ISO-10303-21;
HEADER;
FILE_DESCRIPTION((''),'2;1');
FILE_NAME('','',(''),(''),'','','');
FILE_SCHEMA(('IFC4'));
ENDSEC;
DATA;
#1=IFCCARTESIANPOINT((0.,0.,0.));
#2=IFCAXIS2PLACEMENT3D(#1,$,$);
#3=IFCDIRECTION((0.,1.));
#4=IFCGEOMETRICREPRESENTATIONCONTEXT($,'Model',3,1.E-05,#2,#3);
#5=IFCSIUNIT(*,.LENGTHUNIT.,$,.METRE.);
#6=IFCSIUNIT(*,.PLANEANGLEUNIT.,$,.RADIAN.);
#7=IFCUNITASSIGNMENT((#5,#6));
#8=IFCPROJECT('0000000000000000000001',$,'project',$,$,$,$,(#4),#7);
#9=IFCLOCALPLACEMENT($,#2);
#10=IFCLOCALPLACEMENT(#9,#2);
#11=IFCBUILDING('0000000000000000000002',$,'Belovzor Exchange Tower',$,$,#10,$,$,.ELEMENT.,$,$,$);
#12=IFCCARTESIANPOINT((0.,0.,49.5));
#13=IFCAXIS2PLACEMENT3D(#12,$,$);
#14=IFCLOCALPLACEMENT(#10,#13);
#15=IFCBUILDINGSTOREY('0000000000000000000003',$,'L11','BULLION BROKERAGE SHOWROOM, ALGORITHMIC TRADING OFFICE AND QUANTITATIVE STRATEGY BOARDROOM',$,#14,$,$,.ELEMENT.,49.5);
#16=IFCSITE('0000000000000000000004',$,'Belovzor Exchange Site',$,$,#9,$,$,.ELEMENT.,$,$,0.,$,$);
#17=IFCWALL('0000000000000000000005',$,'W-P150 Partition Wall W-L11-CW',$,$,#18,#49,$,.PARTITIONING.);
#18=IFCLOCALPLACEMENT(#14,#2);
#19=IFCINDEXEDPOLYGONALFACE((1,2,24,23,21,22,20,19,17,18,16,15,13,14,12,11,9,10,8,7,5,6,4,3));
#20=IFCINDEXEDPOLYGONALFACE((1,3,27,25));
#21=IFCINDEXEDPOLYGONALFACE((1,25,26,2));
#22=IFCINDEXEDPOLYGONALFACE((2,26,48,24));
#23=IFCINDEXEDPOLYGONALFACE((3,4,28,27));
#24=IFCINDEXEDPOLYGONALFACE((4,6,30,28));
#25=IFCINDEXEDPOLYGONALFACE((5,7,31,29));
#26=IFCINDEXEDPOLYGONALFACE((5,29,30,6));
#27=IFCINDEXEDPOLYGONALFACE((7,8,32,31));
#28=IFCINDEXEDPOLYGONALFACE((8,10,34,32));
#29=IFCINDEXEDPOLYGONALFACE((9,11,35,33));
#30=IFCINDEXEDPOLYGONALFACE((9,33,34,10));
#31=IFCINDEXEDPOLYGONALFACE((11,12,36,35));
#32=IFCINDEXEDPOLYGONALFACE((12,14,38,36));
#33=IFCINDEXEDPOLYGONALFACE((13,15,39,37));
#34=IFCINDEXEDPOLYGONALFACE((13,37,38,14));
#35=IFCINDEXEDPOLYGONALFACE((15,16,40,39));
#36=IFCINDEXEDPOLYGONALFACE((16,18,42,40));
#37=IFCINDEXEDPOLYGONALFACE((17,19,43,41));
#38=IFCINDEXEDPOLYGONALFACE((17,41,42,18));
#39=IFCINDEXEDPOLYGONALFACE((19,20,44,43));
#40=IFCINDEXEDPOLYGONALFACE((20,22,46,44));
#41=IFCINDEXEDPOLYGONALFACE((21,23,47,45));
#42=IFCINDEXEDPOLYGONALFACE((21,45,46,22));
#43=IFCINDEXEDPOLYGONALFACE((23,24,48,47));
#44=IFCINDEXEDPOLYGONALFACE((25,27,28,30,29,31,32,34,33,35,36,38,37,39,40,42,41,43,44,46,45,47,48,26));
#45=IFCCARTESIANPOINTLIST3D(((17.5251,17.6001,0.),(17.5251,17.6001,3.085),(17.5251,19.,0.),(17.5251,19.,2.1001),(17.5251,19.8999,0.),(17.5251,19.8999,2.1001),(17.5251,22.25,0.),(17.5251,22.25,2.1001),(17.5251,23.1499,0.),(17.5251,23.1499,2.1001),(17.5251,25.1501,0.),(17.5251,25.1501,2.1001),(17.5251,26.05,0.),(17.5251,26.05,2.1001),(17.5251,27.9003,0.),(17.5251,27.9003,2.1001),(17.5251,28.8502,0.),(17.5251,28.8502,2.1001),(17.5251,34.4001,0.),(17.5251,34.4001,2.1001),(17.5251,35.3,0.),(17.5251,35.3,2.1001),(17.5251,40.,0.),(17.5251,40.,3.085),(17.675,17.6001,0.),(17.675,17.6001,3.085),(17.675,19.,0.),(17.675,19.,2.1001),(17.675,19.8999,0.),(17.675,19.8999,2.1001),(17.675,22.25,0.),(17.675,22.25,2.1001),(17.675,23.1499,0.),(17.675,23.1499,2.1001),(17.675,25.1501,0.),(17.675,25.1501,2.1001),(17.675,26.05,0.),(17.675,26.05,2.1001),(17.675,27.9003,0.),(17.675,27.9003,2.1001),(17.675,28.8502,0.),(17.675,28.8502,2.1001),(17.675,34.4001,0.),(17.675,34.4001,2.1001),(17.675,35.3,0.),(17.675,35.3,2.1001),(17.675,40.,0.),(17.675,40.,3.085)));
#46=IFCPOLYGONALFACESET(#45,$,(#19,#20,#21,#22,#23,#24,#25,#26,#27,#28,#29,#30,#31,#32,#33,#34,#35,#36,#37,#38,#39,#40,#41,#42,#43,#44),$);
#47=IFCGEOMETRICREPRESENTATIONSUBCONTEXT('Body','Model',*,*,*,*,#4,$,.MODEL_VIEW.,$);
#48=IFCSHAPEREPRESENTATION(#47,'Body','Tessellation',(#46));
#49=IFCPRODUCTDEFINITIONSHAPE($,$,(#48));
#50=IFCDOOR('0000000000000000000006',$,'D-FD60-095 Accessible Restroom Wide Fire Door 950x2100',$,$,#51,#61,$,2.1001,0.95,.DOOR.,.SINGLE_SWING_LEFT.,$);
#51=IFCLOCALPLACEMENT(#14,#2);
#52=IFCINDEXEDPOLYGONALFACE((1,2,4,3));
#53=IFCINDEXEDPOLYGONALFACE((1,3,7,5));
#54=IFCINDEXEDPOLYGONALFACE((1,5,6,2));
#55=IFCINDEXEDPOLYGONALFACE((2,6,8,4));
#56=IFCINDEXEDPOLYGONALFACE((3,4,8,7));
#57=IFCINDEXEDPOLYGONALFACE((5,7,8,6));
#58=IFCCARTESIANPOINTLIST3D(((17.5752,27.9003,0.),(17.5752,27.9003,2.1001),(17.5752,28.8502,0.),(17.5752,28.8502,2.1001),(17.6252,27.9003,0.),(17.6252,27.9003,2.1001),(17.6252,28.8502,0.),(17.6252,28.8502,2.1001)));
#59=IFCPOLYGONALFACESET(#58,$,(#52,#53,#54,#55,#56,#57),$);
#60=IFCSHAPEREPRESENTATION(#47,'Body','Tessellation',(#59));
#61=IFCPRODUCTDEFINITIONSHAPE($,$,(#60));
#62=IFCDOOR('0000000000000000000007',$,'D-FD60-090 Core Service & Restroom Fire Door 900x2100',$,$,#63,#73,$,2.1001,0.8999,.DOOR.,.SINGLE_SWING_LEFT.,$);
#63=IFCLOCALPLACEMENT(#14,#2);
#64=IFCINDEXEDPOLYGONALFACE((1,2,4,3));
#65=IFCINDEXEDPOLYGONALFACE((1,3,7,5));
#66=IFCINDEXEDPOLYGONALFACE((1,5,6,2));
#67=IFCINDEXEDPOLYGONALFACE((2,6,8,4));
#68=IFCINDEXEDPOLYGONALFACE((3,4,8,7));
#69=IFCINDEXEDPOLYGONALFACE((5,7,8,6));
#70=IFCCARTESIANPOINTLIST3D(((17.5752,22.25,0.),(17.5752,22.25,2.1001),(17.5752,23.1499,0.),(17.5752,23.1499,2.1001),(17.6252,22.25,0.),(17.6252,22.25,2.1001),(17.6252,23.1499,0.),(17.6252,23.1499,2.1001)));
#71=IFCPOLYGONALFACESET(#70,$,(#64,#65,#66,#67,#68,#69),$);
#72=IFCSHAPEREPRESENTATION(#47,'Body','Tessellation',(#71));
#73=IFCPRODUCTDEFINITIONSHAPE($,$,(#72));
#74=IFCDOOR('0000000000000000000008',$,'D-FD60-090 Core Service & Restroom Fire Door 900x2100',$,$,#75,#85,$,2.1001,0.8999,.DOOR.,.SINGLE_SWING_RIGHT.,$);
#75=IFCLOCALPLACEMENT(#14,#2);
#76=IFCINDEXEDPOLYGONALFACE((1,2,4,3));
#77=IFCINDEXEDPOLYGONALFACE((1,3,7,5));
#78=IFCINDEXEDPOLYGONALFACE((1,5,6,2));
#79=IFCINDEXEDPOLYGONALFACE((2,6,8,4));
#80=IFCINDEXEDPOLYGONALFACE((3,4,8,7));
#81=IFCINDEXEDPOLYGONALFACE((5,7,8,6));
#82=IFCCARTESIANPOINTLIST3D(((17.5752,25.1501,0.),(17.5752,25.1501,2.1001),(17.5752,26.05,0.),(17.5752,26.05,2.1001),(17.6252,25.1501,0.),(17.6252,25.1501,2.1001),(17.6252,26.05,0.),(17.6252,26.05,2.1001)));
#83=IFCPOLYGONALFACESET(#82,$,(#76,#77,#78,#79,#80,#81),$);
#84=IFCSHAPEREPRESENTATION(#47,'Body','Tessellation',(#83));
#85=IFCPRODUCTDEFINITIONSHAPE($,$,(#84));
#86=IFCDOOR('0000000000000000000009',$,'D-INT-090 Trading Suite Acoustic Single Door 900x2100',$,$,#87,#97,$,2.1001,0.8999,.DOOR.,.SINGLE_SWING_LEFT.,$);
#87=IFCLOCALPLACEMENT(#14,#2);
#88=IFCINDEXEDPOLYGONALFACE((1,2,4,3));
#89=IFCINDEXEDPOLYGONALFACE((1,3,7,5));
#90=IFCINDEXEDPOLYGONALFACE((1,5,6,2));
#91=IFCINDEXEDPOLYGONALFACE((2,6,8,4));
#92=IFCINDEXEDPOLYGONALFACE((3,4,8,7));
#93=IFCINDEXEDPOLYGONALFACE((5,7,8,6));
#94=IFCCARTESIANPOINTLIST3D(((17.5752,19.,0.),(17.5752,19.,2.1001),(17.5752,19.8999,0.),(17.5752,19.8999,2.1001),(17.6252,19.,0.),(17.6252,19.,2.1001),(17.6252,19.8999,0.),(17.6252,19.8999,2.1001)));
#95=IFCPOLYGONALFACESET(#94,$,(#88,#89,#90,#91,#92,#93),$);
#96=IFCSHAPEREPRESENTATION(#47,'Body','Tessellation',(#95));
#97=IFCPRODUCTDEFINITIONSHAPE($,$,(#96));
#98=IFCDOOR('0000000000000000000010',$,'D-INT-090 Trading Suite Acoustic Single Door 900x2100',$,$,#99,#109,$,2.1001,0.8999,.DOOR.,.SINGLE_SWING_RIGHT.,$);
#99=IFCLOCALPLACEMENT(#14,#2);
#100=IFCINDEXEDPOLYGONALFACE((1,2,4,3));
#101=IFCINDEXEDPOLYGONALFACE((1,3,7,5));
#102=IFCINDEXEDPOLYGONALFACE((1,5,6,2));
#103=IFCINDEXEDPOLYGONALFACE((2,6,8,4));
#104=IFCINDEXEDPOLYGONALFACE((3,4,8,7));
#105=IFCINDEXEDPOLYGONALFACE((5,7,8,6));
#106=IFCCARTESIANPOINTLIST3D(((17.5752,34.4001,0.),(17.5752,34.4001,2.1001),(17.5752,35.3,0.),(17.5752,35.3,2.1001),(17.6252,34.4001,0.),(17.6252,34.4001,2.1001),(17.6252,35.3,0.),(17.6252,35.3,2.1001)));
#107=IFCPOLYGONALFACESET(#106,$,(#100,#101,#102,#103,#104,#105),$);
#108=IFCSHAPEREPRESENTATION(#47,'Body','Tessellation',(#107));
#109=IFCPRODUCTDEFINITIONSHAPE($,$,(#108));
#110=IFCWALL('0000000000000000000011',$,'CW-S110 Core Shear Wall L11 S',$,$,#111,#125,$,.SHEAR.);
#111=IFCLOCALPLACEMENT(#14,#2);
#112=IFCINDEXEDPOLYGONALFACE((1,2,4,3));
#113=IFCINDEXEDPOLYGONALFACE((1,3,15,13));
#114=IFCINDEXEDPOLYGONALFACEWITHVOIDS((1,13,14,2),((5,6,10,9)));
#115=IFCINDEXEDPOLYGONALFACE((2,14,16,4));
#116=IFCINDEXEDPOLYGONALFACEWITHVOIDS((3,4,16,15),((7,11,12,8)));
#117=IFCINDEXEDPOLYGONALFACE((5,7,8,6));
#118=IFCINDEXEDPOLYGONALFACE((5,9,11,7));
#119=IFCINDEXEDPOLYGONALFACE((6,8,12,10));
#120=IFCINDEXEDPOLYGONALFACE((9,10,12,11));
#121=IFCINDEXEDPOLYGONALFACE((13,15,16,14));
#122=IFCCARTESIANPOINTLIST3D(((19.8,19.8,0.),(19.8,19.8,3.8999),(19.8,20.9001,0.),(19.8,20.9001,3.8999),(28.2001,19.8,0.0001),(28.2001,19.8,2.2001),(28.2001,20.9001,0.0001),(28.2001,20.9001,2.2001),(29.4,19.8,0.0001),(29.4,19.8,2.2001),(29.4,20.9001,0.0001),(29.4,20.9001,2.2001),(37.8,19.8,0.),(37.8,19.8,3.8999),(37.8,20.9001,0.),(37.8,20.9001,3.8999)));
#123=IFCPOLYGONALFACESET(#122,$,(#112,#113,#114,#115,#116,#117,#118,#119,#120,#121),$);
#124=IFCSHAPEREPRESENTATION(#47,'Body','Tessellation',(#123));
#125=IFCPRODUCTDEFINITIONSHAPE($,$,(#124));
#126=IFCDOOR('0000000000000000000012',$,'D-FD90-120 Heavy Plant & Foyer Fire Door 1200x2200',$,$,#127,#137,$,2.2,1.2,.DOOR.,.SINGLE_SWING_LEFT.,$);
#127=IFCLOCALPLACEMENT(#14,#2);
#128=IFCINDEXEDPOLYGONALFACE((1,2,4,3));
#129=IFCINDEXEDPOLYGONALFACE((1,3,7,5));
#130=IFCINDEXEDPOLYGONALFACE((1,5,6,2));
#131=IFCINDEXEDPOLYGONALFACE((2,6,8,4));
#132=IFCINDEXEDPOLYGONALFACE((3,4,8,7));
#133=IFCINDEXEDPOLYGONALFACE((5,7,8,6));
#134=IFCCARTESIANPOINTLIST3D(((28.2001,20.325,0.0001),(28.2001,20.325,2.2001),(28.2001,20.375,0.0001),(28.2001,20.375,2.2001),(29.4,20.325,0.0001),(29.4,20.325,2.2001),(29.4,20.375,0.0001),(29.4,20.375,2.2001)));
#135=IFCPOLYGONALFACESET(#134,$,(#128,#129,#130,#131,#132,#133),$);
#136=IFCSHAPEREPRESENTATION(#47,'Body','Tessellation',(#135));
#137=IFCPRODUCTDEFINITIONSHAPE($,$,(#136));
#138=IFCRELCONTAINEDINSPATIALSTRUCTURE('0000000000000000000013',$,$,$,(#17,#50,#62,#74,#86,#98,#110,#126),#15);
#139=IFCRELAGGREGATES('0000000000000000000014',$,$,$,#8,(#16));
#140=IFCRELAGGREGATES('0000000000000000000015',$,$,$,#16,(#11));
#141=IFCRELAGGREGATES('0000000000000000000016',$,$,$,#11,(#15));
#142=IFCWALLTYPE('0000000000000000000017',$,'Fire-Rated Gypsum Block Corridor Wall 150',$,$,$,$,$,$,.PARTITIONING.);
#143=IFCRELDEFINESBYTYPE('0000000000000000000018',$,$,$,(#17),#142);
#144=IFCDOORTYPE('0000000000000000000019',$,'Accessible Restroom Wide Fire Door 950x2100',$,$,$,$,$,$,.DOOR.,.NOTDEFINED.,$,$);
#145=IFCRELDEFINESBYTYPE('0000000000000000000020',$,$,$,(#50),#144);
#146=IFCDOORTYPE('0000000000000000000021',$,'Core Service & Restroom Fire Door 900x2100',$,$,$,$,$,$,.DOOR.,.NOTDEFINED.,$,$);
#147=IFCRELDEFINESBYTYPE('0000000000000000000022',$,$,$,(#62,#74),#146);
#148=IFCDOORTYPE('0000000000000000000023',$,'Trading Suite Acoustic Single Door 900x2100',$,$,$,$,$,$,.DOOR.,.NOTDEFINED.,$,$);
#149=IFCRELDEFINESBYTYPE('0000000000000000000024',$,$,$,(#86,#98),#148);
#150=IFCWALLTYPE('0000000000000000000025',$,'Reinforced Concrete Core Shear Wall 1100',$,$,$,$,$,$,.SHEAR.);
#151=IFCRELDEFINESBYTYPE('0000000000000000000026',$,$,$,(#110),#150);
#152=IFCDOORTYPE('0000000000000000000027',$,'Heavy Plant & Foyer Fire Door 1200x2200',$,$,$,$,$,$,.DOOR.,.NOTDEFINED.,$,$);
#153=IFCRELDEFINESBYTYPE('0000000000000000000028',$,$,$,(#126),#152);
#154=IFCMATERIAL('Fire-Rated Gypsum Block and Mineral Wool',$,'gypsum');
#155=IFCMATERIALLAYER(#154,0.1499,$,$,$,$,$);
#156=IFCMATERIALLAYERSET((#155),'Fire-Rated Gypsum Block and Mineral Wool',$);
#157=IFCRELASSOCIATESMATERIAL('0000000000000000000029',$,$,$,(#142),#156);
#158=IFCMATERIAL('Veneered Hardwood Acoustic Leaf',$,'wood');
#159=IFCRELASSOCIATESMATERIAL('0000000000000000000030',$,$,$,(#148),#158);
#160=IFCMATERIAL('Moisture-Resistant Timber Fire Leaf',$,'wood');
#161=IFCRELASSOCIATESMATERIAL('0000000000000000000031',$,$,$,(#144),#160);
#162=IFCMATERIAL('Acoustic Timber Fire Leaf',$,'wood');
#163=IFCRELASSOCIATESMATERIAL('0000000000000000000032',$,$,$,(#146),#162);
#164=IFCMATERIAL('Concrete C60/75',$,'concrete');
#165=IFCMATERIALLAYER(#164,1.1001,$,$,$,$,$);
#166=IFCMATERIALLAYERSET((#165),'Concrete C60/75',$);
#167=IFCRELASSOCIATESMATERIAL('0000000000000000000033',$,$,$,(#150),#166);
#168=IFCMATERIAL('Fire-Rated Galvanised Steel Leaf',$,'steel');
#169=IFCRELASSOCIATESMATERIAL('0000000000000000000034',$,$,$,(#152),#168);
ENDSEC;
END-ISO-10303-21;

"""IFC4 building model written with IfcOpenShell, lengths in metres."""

from ifc_helpers import new_model, si_unit, direction, frame, frame_2d, origin, place, context, subcontext, project, spatial, rectangle, extrude, material, layer, layer_set, type_object, element, fill, save


model = new_model("IFC4")

# Units and contexts
model_context = context("Model", 3, precision=1e-05, world=origin(), true_north=direction((0.0, 1.0)))
body_context = subcontext(model_context, "Body", "Model", "MODEL_VIEW")
ifc_project = project(units=[si_unit("LENGTHUNIT", "METRE"), si_unit("PLANEANGLEUNIT", "RADIAN")], contexts=[model_context])

# Site, building, storey
site_placement = place(None, origin())
site = spatial("IfcSite", under=ifc_project, at=site_placement, Name="Belovzor Exchange Site", CompositionType="ELEMENT", RefElevation=0.0)
building_placement = place(site_placement, origin())
building = spatial("IfcBuilding", under=site, at=building_placement, Name="Belovzor Exchange Tower", CompositionType="ELEMENT")
storey_placement = place(building_placement, frame((0.0, 0.0, 49.5)))
storey = spatial("IfcBuildingStorey", under=building, at=storey_placement, Name="L11", Description="BULLION BROKERAGE SHOWROOM, ALGORITHMIC TRADING OFFICE AND QUANTITATIVE STRATEGY BOARDROOM", CompositionType="ELEMENT", Elevation=49.5)

# Shared definitions
ifc_material_1 = material(Name="Fire-Rated Gypsum Block and Mineral Wool", Category="gypsum")
ifc_layer_1 = layer(ifc_material_1, 0.1499)
ifc_layer_set_1 = layer_set([ifc_layer_1], Name="Fire-Rated Gypsum Block and Mineral Wool")
wall_type_1 = type_object("IfcWallType", Name="Fire-Rated Gypsum Block Corridor Wall 150", PredefinedType="PARTITIONING", material=ifc_layer_set_1)

# Wall, openings, doors
ifc_material_2 = material(Name="Veneered Hardwood Acoustic Leaf", Category="wood")
door_type_1 = type_object("IfcDoorType", Name="Trading Suite Acoustic Single Door 900x2100", OperationType="NOTDEFINED", PredefinedType="DOOR", material=ifc_material_2)
wall_1_placement = place(storey_placement, frame((17.6001, 17.6001, 0.0), z_axis=(0.0, 0.0, 1.0), x_axis=(0.0, 1.0, 0.0)))
wall_1 = element("IfcWall", 1, at=wall_1_placement, inside=storey, type_object=wall_type_1, Name="W-P150 Partition Wall W-L11-CW", PredefinedType="PARTITIONING", context=body_context, shape_type="SweptSolid", body=[
    extrude(rectangle(XDim=22.3999, YDim=0.1499, at=frame_2d((11.2, 0.0))), origin(), (0.0, 0.0, 1.0), 3.085),
])
opening_1_placement = place(wall_1_placement, frame((1.3999, 0.0, 0.0)))
opening_1 = element("IfcOpeningElement", 2, at=opening_1_placement, cuts=wall_1, PredefinedType="OPENING", context=body_context, shape_type="SweptSolid", body=[
    extrude(rectangle(XDim=0.8999, YDim=2.1001, at=frame_2d((0.45, 1.05))), frame((0.0, 0.085, 0.0), z_axis=(0.0, -1.0, 0.0), x_axis=(1.0, 0.0, 0.0)), (0.0, 0.0, 1.0), 0.1699),
])
opening_2_placement = place(wall_1_placement, frame((4.6499, 0.0, 0.0)))
opening_2 = element("IfcOpeningElement", 3, at=opening_2_placement, cuts=wall_1, PredefinedType="OPENING", context=body_context, shape_type="SweptSolid", body=[
    extrude(rectangle(XDim=0.8999, YDim=2.1001, at=frame_2d((0.45, 1.05))), frame((0.0, 0.085, 0.0), z_axis=(0.0, -1.0, 0.0), x_axis=(1.0, 0.0, 0.0)), (0.0, 0.0, 1.0), 0.1699),
])
opening_3_placement = place(wall_1_placement, frame((7.55, 0.0, 0.0)))
opening_3 = element("IfcOpeningElement", 4, at=opening_3_placement, cuts=wall_1, PredefinedType="OPENING", context=body_context, shape_type="SweptSolid", body=[
    extrude(rectangle(XDim=0.8999, YDim=2.1001, at=frame_2d((0.45, 1.05))), frame((0.0, 0.085, 0.0), z_axis=(0.0, -1.0, 0.0), x_axis=(1.0, 0.0, 0.0)), (0.0, 0.0, 1.0), 0.1699),
])
opening_4_placement = place(wall_1_placement, frame((10.3, 0.0, 0.0)))
opening_4 = element("IfcOpeningElement", 5, at=opening_4_placement, cuts=wall_1, PredefinedType="OPENING", context=body_context, shape_type="SweptSolid", body=[
    extrude(rectangle(XDim=0.95, YDim=2.1001, at=frame_2d((0.4751, 1.05))), frame((0.0, 0.085, 0.0), z_axis=(0.0, -1.0, 0.0), x_axis=(1.0, 0.0, 0.0)), (0.0, 0.0, 1.0), 0.1699),
])
opening_5_placement = place(wall_1_placement, frame((16.8, 0.0, 0.0)))
opening_5 = element("IfcOpeningElement", 6, at=opening_5_placement, cuts=wall_1, PredefinedType="OPENING", context=body_context, shape_type="SweptSolid", body=[
    extrude(rectangle(XDim=0.8999, YDim=2.1001, at=frame_2d((0.45, 1.05))), frame((0.0, 0.085, 0.0), z_axis=(0.0, -1.0, 0.0), x_axis=(1.0, 0.0, 0.0)), (0.0, 0.0, 1.0), 0.1699),
])
ifc_material_3 = material(Name="Moisture-Resistant Timber Fire Leaf", Category="wood")
door_type_2 = type_object("IfcDoorType", Name="Accessible Restroom Wide Fire Door 950x2100", OperationType="NOTDEFINED", PredefinedType="DOOR", material=ifc_material_3)
door_1_placement = place(opening_4_placement, origin())
door_1 = element("IfcDoor", 7, at=door_1_placement, inside=storey, type_object=door_type_2, Name="D-FD60-095 Accessible Restroom Wide Fire Door 950x2100", OperationType="SINGLE_SWING_LEFT", OverallHeight=2.1001, OverallWidth=0.95, PredefinedType="DOOR", context=body_context, shape_type="SweptSolid", body=[
    extrude(rectangle(XDim=0.95, YDim=2.1001, at=frame_2d((0.4751, 1.05))), frame((0.0, 0.0249, 0.0), z_axis=(0.0, -1.0, 0.0), x_axis=(1.0, 0.0, 0.0)), (0.0, 0.0, 1.0), 0.05),
])
fill(opening_4, door_1)
ifc_material_4 = material(Name="Acoustic Timber Fire Leaf", Category="wood")
door_type_3 = type_object("IfcDoorType", Name="Core Service & Restroom Fire Door 900x2100", OperationType="NOTDEFINED", PredefinedType="DOOR", material=ifc_material_4)
door_2_placement = place(opening_2_placement, origin())
door_2 = element("IfcDoor", 8, at=door_2_placement, inside=storey, type_object=door_type_3, Name="D-FD60-090 Core Service & Restroom Fire Door 900x2100", OperationType="SINGLE_SWING_LEFT", OverallHeight=2.1001, OverallWidth=0.8999, PredefinedType="DOOR", context=body_context, shape_type="SweptSolid", body=[
    extrude(rectangle(XDim=0.8999, YDim=2.1001, at=frame_2d((0.45, 1.05))), frame((0.0, 0.0249, 0.0), z_axis=(0.0, -1.0, 0.0), x_axis=(1.0, 0.0, 0.0)), (0.0, 0.0, 1.0), 0.05),
])
fill(opening_2, door_2)
door_3_placement = place(opening_3_placement, origin())
door_3 = element("IfcDoor", 9, at=door_3_placement, inside=storey, type_object=door_type_3, Name="D-FD60-090 Core Service & Restroom Fire Door 900x2100", OperationType="SINGLE_SWING_RIGHT", OverallHeight=2.1001, OverallWidth=0.8999, PredefinedType="DOOR", context=body_context, shape_type="SweptSolid", body=[
    extrude(rectangle(XDim=0.8999, YDim=2.1001, at=frame_2d((0.45, 1.05))), frame((0.0, 0.0249, 0.0), z_axis=(0.0, -1.0, 0.0), x_axis=(1.0, 0.0, 0.0)), (0.0, 0.0, 1.0), 0.05),
])
fill(opening_3, door_3)
door_4_placement = place(opening_1_placement, origin())
door_4 = element("IfcDoor", 10, at=door_4_placement, inside=storey, type_object=door_type_1, Name="D-INT-090 Trading Suite Acoustic Single Door 900x2100", OperationType="SINGLE_SWING_LEFT", OverallHeight=2.1001, OverallWidth=0.8999, PredefinedType="DOOR", context=body_context, shape_type="SweptSolid", body=[
    extrude(rectangle(XDim=0.8999, YDim=2.1001, at=frame_2d((0.45, 1.05))), frame((0.0, 0.0249, 0.0), z_axis=(0.0, -1.0, 0.0), x_axis=(1.0, 0.0, 0.0)), (0.0, 0.0, 1.0), 0.05),
])
fill(opening_1, door_4)
door_5_placement = place(opening_5_placement, origin())
door_5 = element("IfcDoor", 11, at=door_5_placement, inside=storey, type_object=door_type_1, Name="D-INT-090 Trading Suite Acoustic Single Door 900x2100", OperationType="SINGLE_SWING_RIGHT", OverallHeight=2.1001, OverallWidth=0.8999, PredefinedType="DOOR", context=body_context, shape_type="SweptSolid", body=[
    extrude(rectangle(XDim=0.8999, YDim=2.1001, at=frame_2d((0.45, 1.05))), frame((0.0, 0.0249, 0.0), z_axis=(0.0, -1.0, 0.0), x_axis=(1.0, 0.0, 0.0)), (0.0, 0.0, 1.0), 0.05),
])
fill(opening_5, door_5)

# Wall, opening, door
ifc_material_5 = material(Name="Concrete C60/75", Category="concrete")
ifc_layer_2 = layer(ifc_material_5, 1.1001)
ifc_layer_set_2 = layer_set([ifc_layer_2], Name="Concrete C60/75")
wall_type_2 = type_object("IfcWallType", Name="Reinforced Concrete Core Shear Wall 1100", PredefinedType="SHEAR", material=ifc_layer_set_2)
wall_2_placement = place(storey_placement, frame((19.8, 20.3501, 0.0), z_axis=(0.0, 0.0, 1.0), x_axis=(1.0, 0.0, 0.0)))
wall_2 = element("IfcWall", 12, at=wall_2_placement, inside=storey, type_object=wall_type_2, Name="CW-S110 Core Shear Wall L11 S", PredefinedType="SHEAR", context=body_context, shape_type="SweptSolid", body=[
    extrude(rectangle(XDim=18.0, YDim=1.1001, at=frame_2d((9.0, 0.0))), origin(), (0.0, 0.0, 1.0), 3.8999),
])
opening_6_placement = place(wall_2_placement, frame((8.3999, 0.0, 0.0)))
opening_6 = element("IfcOpeningElement", 13, at=opening_6_placement, cuts=wall_2, PredefinedType="OPENING", context=body_context, shape_type="SweptSolid", body=[
    extrude(rectangle(XDim=1.2, YDim=2.2, at=frame_2d((0.6001, 1.1001))), frame((0.0, 0.5601, 0.0), z_axis=(0.0, -1.0, 0.0), x_axis=(1.0, 0.0, 0.0)), (0.0, 0.0, 1.0), 1.1201),
])
ifc_material_6 = material(Name="Fire-Rated Galvanised Steel Leaf", Category="steel")
door_type_4 = type_object("IfcDoorType", Name="Heavy Plant & Foyer Fire Door 1200x2200", OperationType="NOTDEFINED", PredefinedType="DOOR", material=ifc_material_6)
door_6_placement = place(opening_6_placement, origin())
door_6 = element("IfcDoor", 14, at=door_6_placement, inside=storey, type_object=door_type_4, Name="D-FD90-120 Heavy Plant & Foyer Fire Door 1200x2200", OperationType="SINGLE_SWING_LEFT", OverallHeight=2.2, OverallWidth=1.2, PredefinedType="DOOR", context=body_context, shape_type="SweptSolid", body=[
    extrude(rectangle(XDim=1.2, YDim=2.2, at=frame_2d((0.6001, 1.1001))), frame((0.0, 0.0249, 0.0), z_axis=(0.0, -1.0, 0.0), x_axis=(1.0, 0.0, 0.0)), (0.0, 0.0, 1.0), 0.05),
])
fill(opening_6, door_6)

save(model, "model.ifc")
